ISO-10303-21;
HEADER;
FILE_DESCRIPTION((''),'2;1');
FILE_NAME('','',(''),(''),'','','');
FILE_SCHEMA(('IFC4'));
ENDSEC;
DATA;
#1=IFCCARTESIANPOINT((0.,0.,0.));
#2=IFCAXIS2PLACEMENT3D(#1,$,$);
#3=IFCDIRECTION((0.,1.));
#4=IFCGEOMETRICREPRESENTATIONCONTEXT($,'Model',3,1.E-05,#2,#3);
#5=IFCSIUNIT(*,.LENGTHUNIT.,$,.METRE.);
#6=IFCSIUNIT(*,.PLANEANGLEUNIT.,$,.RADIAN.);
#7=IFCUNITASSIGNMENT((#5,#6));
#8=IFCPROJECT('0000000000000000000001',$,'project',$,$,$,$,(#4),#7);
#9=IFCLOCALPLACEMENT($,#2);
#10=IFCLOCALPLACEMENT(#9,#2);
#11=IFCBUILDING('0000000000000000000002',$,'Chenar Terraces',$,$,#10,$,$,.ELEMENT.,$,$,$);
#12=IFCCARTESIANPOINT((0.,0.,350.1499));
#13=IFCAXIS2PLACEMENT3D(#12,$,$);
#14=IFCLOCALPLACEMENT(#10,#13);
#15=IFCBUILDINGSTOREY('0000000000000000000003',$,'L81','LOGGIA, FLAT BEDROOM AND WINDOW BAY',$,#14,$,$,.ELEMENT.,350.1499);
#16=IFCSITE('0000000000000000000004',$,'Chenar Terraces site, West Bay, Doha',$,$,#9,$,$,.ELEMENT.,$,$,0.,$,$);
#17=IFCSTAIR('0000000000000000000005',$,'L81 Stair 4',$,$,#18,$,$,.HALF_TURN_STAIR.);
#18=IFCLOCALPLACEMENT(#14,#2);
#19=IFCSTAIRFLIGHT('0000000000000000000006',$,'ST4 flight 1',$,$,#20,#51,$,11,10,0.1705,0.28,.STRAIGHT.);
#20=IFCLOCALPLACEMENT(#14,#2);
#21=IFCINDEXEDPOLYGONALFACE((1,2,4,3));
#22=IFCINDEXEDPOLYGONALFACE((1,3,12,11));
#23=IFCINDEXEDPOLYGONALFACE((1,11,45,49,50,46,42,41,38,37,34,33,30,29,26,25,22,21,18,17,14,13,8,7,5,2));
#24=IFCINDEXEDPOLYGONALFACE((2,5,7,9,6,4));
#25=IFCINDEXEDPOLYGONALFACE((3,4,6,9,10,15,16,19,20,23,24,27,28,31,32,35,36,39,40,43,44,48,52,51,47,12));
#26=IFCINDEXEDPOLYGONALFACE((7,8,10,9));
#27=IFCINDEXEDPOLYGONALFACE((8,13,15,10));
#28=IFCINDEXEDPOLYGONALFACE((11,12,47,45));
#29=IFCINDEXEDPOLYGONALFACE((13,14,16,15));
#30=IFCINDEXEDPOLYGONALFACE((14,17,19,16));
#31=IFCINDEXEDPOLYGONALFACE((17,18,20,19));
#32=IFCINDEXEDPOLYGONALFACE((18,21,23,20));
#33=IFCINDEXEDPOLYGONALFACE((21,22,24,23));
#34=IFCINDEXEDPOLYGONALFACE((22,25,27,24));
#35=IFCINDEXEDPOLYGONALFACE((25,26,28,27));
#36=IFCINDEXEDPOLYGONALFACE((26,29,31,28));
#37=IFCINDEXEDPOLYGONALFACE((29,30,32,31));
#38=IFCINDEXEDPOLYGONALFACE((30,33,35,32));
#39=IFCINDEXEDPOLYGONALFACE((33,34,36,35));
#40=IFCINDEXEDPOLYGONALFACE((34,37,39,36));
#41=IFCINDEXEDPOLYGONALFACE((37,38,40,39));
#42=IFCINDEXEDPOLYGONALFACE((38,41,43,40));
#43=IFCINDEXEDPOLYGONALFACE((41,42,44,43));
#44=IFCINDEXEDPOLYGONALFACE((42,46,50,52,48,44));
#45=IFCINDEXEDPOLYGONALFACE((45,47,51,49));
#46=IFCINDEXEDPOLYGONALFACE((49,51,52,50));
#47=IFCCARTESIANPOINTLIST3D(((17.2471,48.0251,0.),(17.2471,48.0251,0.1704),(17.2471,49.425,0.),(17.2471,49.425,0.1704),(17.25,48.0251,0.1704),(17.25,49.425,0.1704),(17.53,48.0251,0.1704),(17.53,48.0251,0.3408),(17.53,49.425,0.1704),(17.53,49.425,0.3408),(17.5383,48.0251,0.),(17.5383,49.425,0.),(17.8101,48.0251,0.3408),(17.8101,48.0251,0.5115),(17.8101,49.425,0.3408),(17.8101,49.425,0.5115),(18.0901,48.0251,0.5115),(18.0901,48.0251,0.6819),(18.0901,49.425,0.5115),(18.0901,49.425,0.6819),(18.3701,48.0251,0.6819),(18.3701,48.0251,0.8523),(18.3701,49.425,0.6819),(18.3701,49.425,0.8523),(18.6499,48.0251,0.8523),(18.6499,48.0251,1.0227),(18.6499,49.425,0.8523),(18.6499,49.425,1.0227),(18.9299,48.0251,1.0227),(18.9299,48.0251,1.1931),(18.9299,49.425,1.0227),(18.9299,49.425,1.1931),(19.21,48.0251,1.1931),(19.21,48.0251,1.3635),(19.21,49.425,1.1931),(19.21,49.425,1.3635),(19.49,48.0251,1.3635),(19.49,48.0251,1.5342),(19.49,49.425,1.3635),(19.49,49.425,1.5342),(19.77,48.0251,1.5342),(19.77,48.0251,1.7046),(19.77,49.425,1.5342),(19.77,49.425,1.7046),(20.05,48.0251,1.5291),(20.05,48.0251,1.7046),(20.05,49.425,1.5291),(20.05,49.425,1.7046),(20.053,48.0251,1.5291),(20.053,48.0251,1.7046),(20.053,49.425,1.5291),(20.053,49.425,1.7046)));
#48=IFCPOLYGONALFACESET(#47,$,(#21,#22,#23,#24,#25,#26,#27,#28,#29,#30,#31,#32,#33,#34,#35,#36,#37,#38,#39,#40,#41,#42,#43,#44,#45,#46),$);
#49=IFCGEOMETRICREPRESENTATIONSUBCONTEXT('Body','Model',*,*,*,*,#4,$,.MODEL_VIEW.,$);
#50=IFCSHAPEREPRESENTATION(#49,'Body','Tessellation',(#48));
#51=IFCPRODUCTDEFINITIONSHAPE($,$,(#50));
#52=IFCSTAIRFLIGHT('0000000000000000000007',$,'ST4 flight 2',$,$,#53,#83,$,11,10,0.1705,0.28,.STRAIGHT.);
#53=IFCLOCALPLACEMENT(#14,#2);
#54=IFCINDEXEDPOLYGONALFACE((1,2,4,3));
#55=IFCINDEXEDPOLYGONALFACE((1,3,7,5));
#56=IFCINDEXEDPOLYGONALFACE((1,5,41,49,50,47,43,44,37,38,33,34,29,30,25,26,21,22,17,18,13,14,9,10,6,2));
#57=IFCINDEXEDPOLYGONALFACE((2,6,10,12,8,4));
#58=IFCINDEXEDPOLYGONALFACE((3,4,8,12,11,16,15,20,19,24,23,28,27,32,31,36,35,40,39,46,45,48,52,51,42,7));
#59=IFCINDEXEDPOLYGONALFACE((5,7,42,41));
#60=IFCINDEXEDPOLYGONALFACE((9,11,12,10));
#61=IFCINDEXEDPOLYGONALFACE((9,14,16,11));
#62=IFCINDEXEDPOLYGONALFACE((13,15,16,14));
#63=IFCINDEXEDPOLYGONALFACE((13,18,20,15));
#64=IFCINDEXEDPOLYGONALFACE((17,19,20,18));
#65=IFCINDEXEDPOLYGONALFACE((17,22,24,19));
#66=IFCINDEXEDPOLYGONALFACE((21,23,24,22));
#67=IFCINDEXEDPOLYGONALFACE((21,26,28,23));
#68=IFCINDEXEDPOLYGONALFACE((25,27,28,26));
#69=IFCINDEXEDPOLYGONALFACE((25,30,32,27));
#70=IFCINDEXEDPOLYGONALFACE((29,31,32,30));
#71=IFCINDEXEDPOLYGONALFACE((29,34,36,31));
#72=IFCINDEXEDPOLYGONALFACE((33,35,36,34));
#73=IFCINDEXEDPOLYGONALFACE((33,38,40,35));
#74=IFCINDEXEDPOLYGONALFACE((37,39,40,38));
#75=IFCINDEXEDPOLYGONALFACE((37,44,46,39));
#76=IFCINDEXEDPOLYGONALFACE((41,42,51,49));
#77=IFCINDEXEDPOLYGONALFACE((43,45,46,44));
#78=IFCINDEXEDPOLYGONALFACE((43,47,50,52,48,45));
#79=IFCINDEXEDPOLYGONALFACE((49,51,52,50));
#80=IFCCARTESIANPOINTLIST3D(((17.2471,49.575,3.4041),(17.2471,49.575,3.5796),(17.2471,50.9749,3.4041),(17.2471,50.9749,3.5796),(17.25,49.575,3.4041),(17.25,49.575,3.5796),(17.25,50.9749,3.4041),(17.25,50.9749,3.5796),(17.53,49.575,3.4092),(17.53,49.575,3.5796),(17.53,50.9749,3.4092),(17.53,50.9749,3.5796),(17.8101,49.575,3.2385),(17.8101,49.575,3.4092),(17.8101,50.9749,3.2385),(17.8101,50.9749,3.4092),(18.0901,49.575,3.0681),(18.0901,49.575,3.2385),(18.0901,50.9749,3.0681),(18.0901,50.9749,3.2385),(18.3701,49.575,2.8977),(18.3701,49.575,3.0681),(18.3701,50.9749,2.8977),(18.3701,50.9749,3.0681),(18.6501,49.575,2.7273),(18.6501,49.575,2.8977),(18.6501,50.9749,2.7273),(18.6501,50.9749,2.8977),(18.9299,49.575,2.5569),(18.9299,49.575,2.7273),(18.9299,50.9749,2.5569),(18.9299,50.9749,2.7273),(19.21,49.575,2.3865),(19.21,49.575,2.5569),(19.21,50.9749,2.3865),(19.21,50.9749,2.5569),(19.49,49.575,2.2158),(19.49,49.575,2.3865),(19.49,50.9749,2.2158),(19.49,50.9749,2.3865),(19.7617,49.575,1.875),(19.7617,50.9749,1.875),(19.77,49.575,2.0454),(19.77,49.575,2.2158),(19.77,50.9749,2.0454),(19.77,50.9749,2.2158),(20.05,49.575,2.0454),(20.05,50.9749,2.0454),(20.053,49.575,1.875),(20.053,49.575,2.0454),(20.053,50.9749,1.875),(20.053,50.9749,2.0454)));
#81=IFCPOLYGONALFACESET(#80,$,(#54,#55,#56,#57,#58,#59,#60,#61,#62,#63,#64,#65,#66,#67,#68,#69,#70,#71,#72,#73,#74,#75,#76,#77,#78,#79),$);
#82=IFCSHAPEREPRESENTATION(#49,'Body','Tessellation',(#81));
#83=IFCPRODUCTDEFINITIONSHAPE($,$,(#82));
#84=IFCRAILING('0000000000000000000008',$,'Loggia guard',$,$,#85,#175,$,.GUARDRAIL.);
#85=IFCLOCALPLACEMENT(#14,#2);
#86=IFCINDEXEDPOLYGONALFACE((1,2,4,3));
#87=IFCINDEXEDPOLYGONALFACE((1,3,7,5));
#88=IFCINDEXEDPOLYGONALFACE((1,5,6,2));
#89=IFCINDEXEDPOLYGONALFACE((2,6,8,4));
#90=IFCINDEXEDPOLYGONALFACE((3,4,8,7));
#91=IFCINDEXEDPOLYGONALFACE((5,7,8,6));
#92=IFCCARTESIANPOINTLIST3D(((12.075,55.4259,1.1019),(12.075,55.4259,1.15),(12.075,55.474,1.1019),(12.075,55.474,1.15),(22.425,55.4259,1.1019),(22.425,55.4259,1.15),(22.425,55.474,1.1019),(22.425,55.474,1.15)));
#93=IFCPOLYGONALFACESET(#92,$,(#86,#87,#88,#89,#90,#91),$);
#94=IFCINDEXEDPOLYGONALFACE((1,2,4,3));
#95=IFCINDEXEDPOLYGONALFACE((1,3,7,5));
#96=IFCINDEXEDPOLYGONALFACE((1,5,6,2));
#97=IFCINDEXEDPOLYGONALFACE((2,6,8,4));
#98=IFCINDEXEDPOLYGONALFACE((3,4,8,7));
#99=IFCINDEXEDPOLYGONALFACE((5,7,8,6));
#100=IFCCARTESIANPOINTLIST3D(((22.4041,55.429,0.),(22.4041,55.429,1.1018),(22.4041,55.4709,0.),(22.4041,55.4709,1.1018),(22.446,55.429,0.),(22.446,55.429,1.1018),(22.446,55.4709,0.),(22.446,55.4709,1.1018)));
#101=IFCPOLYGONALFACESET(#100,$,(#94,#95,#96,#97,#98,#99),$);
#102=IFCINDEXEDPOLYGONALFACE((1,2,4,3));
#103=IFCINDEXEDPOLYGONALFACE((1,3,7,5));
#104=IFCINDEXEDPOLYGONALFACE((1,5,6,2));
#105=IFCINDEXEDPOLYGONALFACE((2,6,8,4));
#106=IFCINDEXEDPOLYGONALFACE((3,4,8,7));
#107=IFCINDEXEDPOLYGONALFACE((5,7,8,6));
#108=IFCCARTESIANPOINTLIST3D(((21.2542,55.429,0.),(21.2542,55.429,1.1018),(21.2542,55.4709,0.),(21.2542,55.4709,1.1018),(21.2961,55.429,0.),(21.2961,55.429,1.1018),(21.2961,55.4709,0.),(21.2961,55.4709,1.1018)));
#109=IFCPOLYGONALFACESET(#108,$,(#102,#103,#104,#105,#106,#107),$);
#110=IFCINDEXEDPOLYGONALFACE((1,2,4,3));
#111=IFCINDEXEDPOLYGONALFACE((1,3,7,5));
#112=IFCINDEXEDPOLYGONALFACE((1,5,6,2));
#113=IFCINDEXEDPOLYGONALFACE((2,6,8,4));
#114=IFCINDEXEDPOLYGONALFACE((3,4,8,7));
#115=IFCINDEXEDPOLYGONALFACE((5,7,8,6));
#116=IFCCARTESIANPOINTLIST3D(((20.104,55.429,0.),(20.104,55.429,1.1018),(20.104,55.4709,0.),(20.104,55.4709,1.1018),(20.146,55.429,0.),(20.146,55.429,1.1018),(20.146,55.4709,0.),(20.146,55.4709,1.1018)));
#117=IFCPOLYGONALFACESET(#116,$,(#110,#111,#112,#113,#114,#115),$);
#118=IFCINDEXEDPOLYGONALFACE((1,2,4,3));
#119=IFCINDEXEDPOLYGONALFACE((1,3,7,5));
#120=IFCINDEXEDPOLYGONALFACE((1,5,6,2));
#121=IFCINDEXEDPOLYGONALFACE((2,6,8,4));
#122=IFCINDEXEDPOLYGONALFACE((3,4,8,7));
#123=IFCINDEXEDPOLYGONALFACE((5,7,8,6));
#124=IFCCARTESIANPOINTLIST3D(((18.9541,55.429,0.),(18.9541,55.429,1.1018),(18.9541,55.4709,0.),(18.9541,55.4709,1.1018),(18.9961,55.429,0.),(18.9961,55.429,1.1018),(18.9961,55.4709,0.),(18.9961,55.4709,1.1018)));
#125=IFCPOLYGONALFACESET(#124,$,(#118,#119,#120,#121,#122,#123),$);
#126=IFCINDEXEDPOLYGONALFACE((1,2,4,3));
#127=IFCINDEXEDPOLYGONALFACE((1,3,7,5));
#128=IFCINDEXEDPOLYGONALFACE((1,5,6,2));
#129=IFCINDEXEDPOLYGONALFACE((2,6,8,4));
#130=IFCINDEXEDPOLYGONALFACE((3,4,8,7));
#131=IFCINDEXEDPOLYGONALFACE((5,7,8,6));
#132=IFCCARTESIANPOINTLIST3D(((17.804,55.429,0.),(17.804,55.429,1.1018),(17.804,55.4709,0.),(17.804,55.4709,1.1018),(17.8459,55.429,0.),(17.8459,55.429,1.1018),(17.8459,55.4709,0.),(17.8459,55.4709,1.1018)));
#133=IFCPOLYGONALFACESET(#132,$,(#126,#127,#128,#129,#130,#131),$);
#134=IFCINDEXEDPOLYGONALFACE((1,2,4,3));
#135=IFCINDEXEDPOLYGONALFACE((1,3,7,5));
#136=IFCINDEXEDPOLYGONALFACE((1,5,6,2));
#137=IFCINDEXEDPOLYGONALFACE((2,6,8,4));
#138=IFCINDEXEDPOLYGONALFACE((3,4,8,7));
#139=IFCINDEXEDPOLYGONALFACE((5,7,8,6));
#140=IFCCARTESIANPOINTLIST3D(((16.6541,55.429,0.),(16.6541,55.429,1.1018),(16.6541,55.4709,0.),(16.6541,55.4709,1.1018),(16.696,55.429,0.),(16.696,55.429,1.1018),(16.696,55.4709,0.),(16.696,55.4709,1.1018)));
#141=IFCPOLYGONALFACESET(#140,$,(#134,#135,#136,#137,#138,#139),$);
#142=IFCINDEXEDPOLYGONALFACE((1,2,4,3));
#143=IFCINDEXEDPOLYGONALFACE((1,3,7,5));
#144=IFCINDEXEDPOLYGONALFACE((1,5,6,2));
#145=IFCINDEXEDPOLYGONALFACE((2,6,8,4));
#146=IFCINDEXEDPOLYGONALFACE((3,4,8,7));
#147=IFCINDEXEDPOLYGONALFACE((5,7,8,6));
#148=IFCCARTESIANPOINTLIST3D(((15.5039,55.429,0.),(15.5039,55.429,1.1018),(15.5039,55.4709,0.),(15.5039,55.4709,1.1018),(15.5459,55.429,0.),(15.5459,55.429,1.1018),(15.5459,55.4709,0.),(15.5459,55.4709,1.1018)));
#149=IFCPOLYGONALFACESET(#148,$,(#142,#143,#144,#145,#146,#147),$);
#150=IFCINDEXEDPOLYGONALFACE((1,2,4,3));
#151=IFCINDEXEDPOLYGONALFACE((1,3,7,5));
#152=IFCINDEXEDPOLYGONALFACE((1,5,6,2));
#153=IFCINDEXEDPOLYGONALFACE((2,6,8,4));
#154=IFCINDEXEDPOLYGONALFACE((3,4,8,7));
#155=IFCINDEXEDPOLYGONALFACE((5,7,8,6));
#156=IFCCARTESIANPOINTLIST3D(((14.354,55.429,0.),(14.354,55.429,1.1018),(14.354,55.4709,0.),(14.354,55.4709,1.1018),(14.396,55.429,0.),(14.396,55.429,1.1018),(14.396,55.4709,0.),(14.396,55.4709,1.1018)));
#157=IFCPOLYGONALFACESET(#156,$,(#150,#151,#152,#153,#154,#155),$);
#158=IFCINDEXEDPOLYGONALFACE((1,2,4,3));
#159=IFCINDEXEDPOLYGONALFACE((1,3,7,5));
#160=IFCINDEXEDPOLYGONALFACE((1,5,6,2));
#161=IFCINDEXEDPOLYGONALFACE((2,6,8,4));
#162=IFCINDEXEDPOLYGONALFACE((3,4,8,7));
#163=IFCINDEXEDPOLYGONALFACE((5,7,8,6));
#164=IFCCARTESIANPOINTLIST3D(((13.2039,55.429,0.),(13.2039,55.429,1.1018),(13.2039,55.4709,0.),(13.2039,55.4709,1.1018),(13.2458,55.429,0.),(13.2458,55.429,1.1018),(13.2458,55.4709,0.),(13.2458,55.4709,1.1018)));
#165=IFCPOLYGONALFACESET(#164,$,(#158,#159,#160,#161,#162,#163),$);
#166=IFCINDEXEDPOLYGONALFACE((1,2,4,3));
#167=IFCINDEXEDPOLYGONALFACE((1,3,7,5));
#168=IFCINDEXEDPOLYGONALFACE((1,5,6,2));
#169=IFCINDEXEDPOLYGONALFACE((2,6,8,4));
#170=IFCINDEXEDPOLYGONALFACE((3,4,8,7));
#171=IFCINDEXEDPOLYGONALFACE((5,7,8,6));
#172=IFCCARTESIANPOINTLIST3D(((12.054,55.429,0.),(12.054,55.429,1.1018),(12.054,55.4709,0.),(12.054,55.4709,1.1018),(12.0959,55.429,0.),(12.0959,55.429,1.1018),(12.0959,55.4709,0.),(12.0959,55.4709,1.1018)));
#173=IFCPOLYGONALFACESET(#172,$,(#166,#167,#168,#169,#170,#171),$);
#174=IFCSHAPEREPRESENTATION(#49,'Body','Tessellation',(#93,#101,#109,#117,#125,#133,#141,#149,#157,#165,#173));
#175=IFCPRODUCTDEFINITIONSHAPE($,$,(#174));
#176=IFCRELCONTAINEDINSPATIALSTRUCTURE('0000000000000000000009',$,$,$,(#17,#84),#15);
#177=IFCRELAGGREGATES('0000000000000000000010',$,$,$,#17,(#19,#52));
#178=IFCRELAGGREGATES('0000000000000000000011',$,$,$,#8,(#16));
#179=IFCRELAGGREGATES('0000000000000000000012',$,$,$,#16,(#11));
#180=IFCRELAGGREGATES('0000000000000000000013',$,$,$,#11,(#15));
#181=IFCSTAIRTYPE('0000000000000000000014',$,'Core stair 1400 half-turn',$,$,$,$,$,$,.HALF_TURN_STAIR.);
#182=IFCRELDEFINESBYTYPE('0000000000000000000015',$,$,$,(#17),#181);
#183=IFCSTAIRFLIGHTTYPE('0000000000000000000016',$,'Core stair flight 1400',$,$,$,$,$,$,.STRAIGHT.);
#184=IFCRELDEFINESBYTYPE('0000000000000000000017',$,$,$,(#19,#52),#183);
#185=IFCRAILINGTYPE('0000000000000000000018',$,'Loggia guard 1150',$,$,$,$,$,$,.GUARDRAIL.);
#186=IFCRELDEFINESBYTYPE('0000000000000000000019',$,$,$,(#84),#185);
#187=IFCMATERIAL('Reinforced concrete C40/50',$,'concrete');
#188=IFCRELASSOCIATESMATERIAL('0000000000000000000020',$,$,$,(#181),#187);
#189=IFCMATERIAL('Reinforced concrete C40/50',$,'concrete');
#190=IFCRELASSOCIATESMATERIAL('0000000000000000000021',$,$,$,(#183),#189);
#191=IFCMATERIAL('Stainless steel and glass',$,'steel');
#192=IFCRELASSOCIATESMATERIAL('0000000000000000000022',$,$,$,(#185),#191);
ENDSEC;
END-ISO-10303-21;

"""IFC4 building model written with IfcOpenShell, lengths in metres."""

from ifc_helpers import new_model, si_unit, direction, frame, origin, origin_2d, place, context, subcontext, project, spatial, polyline, rectangle, outline, extrude, material, type_object, element, aggregate, save


model = new_model("IFC4")

# Units and contexts
model_context = context("Model", 3, precision=1e-05, world=origin(), true_north=direction((0.0, 1.0)))
body_context = subcontext(model_context, "Body", "Model", "MODEL_VIEW")
ifc_project = project(units=[si_unit("LENGTHUNIT", "METRE"), si_unit("PLANEANGLEUNIT", "RADIAN")], contexts=[model_context])

# Site, building, storey
site_placement = place(None, origin())
site = spatial("IfcSite", under=ifc_project, at=site_placement, Name="Chenar Terraces site, West Bay, Doha", CompositionType="ELEMENT", RefElevation=0.0)
building_placement = place(site_placement, origin())
building = spatial("IfcBuilding", under=site, at=building_placement, Name="Chenar Terraces", CompositionType="ELEMENT")
storey_placement = place(building_placement, frame((0.0, 0.0, 350.1499)))
storey = spatial("IfcBuildingStorey", under=building, at=storey_placement, Name="L81", Description="LOGGIA, FLAT BEDROOM AND WINDOW BAY", CompositionType="ELEMENT", Elevation=350.1499)

# Stair, stair flights
ifc_material_1 = material(Name="Reinforced concrete C40/50", Category="concrete")
stair_type = type_object("IfcStairType", Name="Core stair 1400 half-turn", PredefinedType="HALF_TURN_STAIR", material=ifc_material_1)
stair_placement = place(storey_placement, origin())
stair = element("IfcStair", 1, at=stair_placement, inside=storey, type_object=stair_type, Name="L81 Stair 4", PredefinedType="HALF_TURN_STAIR")
ifc_material_2 = material(Name="Reinforced concrete C40/50", Category="concrete")
stair_flight_type = type_object("IfcStairFlightType", Name="Core stair flight 1400", PredefinedType="STRAIGHT", material=ifc_material_2)
stair_flight_1_placement = place(storey_placement, frame((17.25, 48.7251, 0.0), z_axis=(0.0, 0.0, 1.0), x_axis=(1.0, 0.0, 0.0)))
stair_flight_1 = element("IfcStairFlight", 2, at=stair_flight_1_placement, type_object=stair_flight_type, Name="ST4 flight 1", NumberOfRisers=11, NumberOfTreads=10, PredefinedType="STRAIGHT", RiserHeight=0.1705, TreadLength=0.28, context=body_context, shape_type="SweptSolid", body=[
    extrude(outline(polyline([(-0.0029, 0.0), (-0.0029, 0.1704), (0.0, 0.1704), (0.28, 0.1704), (0.28, 0.3408), (0.5601, 0.3408), (0.5601, 0.5115), (0.8401, 0.5115), (0.8401, 0.6819), (1.1201, 0.6819), (1.1201, 0.8523), (1.3999, 0.8523), (1.3999, 1.0227), (1.6799, 1.0227), (1.6799, 1.1931), (1.96, 1.1931), (1.96, 1.3635), (2.24, 1.3635), (2.24, 1.5342), (2.52, 1.5342), (2.52, 1.7046), (2.8, 1.7046), (2.803, 1.7046), (2.803, 1.5291), (2.8, 1.5291), (0.2883, 0.0), (-0.0029, 0.0)])), frame((0.0, 0.7, 0.0), z_axis=(0.0, -1.0, 0.0), x_axis=(1.0, 0.0, 0.0)), (0.0, 0.0, 1.0), 1.3999),
])
stair_flight_2_placement = place(storey_placement, frame((20.05, 50.2749, 1.875), z_axis=(0.0, 0.0, 1.0), x_axis=(-1.0, 0.0, 0.0)))
stair_flight_2 = element("IfcStairFlight", 3, at=stair_flight_2_placement, type_object=stair_flight_type, Name="ST4 flight 2", NumberOfRisers=11, NumberOfTreads=10, PredefinedType="STRAIGHT", RiserHeight=0.1705, TreadLength=0.28, context=body_context, shape_type="SweptSolid", body=[
    extrude(outline(polyline([(-0.0029, 0.0), (-0.0029, 0.1704), (0.0, 0.1704), (0.28, 0.1704), (0.28, 0.3408), (0.5601, 0.3408), (0.5601, 0.5115), (0.8401, 0.5115), (0.8401, 0.6819), (1.1201, 0.6819), (1.1201, 0.8523), (1.3999, 0.8523), (1.3999, 1.0227), (1.6799, 1.0227), (1.6799, 1.1931), (1.96, 1.1931), (1.96, 1.3635), (2.24, 1.3635), (2.24, 1.5342), (2.52, 1.5342), (2.52, 1.7046), (2.8, 1.7046), (2.803, 1.7046), (2.803, 1.5291), (2.8, 1.5291), (0.2883, 0.0), (-0.0029, 0.0)])), frame((0.0, 0.7, 0.0), z_axis=(0.0, -1.0, 0.0), x_axis=(1.0, 0.0, 0.0)), (0.0, 0.0, 1.0), 1.3999),
])
aggregate(stair, [stair_flight_1, stair_flight_2])

# Railing
ifc_material_3 = material(Name="Stainless steel and glass", Category="steel")
railing_type_1 = type_object("IfcRailingType", Name="Loggia guard 1150", PredefinedType="GUARDRAIL", material=ifc_material_3)
railing_1_placement = place(storey_placement, frame((22.425, 55.45, 0.0)))
element("IfcRailing", 4, at=railing_1_placement, inside=storey, type_object=railing_type_1, Name="Loggia guard", PredefinedType="GUARDRAIL", context=body_context, shape_type="SweptSolid", body=[
    extrude(rectangle(XDim=0.0481, YDim=0.0481, at=origin_2d()), frame((0.0, 0.0, 1.126), z_axis=(-1.0, 0.0, 0.0), x_axis=(0.0, -1.0, 0.0)), (0.0, 0.0, 1.0), 10.3501),
    extrude(rectangle(XDim=0.042, YDim=0.042, at=origin_2d()), origin(), (0.0, 0.0, 1.0), 1.1018),
    extrude(rectangle(XDim=0.042, YDim=0.042, at=origin_2d()), frame((-1.1499, 0.0, 0.0)), (0.0, 0.0, 1.0), 1.1018),
    extrude(rectangle(XDim=0.042, YDim=0.042, at=origin_2d()), frame((-2.3, 0.0, 0.0)), (0.0, 0.0, 1.0), 1.1018),
    extrude(rectangle(XDim=0.042, YDim=0.042, at=origin_2d()), frame((-3.45, 0.0, 0.0)), (0.0, 0.0, 1.0), 1.1018),
    extrude(rectangle(XDim=0.042, YDim=0.042, at=origin_2d()), frame((-4.6001, 0.0, 0.0)), (0.0, 0.0, 1.0), 1.1018),
    extrude(rectangle(XDim=0.042, YDim=0.042, at=origin_2d()), frame((-5.75, 0.0, 0.0)), (0.0, 0.0, 1.0), 1.1018),
    extrude(rectangle(XDim=0.042, YDim=0.042, at=origin_2d()), frame((-6.9001, 0.0, 0.0)), (0.0, 0.0, 1.0), 1.1018),
    extrude(rectangle(XDim=0.042, YDim=0.042, at=origin_2d()), frame((-8.05, 0.0, 0.0)), (0.0, 0.0, 1.0), 1.1018),
    extrude(rectangle(XDim=0.042, YDim=0.042, at=origin_2d()), frame((-9.2002, 0.0, 0.0)), (0.0, 0.0, 1.0), 1.1018),
    extrude(rectangle(XDim=0.042, YDim=0.042, at=origin_2d()), frame((-10.3501, 0.0, 0.0)), (0.0, 0.0, 1.0), 1.1018),
])

save(model, "model.ifc")
